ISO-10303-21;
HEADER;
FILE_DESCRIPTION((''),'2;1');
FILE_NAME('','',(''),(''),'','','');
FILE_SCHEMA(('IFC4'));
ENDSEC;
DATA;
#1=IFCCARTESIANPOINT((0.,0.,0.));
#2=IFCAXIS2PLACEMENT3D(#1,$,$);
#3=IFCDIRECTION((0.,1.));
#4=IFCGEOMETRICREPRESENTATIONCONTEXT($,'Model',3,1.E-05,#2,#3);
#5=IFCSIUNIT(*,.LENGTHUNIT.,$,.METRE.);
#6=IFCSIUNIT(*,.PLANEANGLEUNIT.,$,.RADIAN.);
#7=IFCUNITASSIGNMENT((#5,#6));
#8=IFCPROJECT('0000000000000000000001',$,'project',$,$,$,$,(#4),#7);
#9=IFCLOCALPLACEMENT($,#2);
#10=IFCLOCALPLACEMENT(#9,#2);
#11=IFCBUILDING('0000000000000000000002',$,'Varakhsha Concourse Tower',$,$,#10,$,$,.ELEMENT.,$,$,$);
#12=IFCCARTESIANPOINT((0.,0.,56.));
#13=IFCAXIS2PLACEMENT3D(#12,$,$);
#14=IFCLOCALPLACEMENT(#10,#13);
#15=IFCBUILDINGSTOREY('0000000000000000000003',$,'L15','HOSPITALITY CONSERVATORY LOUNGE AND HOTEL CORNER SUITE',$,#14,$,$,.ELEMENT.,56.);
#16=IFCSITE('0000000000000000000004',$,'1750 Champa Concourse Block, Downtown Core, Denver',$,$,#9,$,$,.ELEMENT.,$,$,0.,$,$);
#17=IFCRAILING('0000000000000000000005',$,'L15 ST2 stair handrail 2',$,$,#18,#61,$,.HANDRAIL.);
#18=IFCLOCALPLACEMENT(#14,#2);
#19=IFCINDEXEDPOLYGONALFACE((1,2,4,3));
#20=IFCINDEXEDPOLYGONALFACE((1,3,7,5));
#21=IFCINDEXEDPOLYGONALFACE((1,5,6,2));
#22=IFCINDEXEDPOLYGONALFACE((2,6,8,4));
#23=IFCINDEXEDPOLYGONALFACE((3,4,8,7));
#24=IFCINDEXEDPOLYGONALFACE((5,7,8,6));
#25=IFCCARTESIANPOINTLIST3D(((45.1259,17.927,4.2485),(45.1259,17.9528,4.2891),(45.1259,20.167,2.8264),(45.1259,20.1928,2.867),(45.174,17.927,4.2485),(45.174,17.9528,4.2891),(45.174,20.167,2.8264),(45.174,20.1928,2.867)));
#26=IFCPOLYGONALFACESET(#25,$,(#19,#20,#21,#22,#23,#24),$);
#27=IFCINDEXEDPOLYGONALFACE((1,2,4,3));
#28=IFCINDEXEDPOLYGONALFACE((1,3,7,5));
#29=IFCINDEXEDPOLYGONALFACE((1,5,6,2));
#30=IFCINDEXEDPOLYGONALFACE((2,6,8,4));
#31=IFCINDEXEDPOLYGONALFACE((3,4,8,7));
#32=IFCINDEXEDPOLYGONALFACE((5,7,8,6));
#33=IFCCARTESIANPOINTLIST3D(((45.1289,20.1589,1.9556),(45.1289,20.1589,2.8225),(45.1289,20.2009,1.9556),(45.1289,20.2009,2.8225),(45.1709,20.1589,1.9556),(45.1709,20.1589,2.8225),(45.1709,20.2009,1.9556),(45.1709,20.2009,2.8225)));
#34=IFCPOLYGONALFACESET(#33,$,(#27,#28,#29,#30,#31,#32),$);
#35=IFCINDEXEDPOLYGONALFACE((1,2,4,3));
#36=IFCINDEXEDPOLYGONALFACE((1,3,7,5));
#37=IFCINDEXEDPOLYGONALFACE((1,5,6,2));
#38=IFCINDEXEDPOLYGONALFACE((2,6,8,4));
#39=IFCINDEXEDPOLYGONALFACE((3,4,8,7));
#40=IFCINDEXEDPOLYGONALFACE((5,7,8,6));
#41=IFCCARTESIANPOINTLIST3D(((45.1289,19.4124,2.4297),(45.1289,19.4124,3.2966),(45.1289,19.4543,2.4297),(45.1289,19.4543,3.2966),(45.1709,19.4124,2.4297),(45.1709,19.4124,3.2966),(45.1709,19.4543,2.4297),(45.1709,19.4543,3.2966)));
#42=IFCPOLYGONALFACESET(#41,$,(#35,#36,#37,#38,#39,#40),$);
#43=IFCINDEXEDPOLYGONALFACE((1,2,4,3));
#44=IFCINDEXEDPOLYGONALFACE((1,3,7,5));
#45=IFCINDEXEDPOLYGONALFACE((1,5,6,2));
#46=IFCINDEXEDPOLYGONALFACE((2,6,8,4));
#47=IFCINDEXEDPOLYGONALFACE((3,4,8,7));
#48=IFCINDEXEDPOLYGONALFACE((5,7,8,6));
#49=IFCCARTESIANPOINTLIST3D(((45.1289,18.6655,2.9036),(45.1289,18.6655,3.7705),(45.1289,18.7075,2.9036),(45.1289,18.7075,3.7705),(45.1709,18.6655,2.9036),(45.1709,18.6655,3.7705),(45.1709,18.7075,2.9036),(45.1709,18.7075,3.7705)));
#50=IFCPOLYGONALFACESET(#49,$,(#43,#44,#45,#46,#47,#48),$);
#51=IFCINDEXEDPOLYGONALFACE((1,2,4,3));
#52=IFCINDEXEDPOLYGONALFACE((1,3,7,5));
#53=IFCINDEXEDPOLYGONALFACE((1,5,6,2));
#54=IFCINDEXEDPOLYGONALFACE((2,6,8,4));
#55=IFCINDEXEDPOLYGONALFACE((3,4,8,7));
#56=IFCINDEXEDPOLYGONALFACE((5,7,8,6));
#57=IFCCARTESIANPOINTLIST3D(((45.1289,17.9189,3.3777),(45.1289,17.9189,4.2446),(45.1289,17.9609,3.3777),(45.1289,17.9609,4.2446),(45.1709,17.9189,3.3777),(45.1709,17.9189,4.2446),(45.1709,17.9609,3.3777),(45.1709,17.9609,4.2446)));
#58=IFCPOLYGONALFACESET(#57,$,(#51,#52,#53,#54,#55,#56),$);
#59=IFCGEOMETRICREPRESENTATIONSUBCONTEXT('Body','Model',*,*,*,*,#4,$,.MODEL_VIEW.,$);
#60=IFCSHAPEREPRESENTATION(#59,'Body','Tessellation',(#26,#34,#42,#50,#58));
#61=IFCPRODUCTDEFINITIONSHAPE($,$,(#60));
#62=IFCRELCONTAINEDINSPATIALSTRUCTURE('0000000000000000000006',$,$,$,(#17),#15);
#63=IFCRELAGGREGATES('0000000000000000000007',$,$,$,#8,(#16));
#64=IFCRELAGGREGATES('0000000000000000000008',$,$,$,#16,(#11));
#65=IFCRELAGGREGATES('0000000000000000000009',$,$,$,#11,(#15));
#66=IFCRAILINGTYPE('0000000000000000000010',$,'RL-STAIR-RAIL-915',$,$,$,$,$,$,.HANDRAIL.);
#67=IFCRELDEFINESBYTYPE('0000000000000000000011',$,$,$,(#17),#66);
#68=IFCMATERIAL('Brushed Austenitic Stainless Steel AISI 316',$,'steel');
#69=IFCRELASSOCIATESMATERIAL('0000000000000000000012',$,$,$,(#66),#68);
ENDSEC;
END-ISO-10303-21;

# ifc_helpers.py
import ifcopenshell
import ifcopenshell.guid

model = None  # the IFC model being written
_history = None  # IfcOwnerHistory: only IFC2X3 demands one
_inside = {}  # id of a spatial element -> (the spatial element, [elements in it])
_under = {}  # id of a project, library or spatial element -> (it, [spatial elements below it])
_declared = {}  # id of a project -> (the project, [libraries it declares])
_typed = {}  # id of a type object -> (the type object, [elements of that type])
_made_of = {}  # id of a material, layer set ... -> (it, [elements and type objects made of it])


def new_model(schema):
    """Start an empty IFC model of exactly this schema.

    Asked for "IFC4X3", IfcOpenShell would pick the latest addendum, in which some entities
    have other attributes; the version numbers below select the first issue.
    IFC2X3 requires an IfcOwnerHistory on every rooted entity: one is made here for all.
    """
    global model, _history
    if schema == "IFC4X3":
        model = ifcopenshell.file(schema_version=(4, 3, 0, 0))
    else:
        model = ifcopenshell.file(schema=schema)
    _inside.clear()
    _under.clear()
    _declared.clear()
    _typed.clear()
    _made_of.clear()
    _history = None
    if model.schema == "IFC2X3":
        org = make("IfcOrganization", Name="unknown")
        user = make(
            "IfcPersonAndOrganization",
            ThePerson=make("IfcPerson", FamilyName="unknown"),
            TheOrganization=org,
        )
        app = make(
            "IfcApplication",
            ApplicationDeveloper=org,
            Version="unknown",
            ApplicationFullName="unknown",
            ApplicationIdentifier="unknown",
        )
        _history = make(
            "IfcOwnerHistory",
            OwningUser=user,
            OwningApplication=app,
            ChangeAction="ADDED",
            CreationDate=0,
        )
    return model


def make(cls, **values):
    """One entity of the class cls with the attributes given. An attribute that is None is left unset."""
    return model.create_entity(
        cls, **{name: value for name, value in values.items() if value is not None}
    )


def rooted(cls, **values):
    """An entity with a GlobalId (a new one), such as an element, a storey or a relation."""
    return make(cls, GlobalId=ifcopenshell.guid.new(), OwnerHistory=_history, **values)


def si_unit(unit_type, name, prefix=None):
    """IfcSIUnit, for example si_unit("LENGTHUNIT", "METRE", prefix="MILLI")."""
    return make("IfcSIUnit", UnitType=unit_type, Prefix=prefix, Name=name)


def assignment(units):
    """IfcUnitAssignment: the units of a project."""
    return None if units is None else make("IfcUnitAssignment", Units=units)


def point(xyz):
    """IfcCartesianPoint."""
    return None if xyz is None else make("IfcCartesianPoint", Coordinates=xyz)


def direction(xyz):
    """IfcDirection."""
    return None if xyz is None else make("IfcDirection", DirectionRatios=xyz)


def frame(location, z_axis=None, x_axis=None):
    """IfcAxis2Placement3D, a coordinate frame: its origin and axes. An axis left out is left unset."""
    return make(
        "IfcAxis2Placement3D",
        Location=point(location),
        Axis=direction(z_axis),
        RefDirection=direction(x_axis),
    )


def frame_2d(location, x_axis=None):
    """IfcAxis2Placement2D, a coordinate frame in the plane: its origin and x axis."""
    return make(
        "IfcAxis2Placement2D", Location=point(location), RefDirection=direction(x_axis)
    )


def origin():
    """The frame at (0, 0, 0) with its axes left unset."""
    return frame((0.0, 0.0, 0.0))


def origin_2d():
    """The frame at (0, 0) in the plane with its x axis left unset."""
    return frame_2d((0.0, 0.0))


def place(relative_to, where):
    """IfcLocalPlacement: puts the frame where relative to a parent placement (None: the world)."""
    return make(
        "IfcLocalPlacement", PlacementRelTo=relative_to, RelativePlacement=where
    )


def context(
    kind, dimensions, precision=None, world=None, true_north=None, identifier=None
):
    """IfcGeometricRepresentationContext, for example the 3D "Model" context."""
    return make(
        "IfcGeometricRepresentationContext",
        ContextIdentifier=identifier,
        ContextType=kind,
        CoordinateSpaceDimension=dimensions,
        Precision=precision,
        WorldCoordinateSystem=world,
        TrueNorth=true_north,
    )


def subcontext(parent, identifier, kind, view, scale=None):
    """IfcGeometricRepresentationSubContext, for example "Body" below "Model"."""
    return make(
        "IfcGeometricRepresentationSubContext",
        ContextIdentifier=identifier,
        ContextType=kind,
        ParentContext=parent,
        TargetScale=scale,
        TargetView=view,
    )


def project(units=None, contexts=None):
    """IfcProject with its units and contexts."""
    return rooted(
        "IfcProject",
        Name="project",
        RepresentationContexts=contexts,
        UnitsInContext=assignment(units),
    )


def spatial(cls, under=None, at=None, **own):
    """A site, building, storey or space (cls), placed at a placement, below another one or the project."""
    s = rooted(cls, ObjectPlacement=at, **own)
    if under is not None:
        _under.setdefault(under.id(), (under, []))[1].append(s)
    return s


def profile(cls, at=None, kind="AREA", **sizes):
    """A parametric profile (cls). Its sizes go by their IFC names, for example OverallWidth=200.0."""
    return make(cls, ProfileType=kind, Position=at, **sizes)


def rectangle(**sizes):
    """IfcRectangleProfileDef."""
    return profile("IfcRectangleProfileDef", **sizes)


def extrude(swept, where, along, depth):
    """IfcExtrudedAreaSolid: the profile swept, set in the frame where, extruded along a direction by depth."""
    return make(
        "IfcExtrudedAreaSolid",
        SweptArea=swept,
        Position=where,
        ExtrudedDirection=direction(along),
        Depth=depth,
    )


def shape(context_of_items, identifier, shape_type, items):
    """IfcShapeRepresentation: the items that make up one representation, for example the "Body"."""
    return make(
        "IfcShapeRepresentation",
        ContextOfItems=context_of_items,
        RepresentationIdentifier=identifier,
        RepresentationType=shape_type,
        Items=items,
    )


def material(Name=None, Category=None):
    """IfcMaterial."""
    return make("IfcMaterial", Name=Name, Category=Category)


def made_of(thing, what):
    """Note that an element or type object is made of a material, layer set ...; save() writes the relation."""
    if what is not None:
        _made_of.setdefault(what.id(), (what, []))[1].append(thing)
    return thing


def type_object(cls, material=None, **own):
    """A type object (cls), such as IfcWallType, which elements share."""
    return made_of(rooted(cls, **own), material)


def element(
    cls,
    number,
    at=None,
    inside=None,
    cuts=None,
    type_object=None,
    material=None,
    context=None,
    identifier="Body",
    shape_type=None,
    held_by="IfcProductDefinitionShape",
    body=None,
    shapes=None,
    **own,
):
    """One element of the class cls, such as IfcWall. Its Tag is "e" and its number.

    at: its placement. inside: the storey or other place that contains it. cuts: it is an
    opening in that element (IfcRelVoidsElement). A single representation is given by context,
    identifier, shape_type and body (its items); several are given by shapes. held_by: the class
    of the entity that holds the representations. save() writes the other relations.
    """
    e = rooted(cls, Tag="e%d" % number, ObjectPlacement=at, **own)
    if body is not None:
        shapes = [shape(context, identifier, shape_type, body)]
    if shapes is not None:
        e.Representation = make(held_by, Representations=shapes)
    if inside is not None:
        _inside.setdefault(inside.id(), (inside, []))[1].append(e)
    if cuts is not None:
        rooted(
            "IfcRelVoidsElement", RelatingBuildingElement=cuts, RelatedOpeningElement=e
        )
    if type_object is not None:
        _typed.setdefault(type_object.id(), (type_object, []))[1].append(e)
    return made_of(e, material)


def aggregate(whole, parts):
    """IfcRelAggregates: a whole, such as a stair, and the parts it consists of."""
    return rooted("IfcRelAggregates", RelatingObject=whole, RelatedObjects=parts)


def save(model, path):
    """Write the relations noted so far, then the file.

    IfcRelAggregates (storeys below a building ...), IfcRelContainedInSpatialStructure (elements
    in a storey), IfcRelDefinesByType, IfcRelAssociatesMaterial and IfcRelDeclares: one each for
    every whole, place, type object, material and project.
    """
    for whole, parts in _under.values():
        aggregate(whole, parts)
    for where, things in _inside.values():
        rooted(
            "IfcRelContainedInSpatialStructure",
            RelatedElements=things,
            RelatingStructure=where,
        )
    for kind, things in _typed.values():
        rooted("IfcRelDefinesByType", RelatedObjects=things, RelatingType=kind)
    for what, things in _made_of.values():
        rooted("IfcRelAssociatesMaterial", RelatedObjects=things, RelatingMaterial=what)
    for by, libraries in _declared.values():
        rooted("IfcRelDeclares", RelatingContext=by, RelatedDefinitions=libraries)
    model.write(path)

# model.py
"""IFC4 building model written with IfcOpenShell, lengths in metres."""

from ifc_helpers import new_model, si_unit, direction, frame, origin, origin_2d, place, context, subcontext, project, spatial, rectangle, extrude, material, type_object, element, save


model = new_model("IFC4")

# Units and contexts
model_context = context("Model", 3, precision=1e-05, world=origin(), true_north=direction((0.0, 1.0)))
body_context = subcontext(model_context, "Body", "Model", "MODEL_VIEW")
ifc_project = project(units=[si_unit("LENGTHUNIT", "METRE"), si_unit("PLANEANGLEUNIT", "RADIAN")], contexts=[model_context])

# Site, building, storey
site_placement = place(None, origin())
site = spatial("IfcSite", under=ifc_project, at=site_placement, Name="1750 Champa Concourse Block, Downtown Core, Denver", CompositionType="ELEMENT", RefElevation=0.0)
building_placement = place(site_placement, origin())
building = spatial("IfcBuilding", under=site, at=building_placement, Name="Varakhsha Concourse Tower", CompositionType="ELEMENT")
storey_placement = place(building_placement, frame((0.0, 0.0, 56.0)))
storey = spatial("IfcBuildingStorey", under=building, at=storey_placement, Name="L15", Description="HOSPITALITY CONSERVATORY LOUNGE AND HOTEL CORNER SUITE", CompositionType="ELEMENT", Elevation=56.0)

# Railing
ifc_material_1 = material(Name="Brushed Austenitic Stainless Steel AISI 316", Category="steel")
railing_type_1 = type_object("IfcRailingType", Name="RL-STAIR-RAIL-915", PredefinedType="HANDRAIL", material=ifc_material_1)
railing_1_placement = place(storey_placement, frame((45.1499, 20.1799, 1.9556)))
element("IfcRailing", 1, at=railing_1_placement, inside=storey, type_object=railing_type_1, Name="L15 ST2 stair handrail 2", PredefinedType="HANDRAIL", context=body_context, shape_type="SweptSolid", body=[
    extrude(rectangle(XDim=0.0481, YDim=0.0481, at=origin_2d()), frame((0.0, 0.0, 0.8911), z_axis=(0.0, -0.844229, 0.535982), x_axis=(1.0, 0.0, 0.0)), (0.0, 0.0, 1.0), 2.6533),
    extrude(rectangle(XDim=0.042, YDim=0.042, at=origin_2d()), origin(), (0.0, 0.0, 1.0), 0.8669),
    extrude(rectangle(XDim=0.042, YDim=0.042, at=origin_2d()), frame((0.0, -0.7466, 0.4741)), (0.0, 0.0, 1.0), 0.8669),
    extrude(rectangle(XDim=0.042, YDim=0.042, at=origin_2d()), frame((0.0, -1.4934, 0.948)), (0.0, 0.0, 1.0), 0.8669),
    extrude(rectangle(XDim=0.042, YDim=0.042, at=origin_2d()), frame((0.0, -2.24, 1.4221)), (0.0, 0.0, 1.0), 0.8669),
])

save(model, "model.ifc")
